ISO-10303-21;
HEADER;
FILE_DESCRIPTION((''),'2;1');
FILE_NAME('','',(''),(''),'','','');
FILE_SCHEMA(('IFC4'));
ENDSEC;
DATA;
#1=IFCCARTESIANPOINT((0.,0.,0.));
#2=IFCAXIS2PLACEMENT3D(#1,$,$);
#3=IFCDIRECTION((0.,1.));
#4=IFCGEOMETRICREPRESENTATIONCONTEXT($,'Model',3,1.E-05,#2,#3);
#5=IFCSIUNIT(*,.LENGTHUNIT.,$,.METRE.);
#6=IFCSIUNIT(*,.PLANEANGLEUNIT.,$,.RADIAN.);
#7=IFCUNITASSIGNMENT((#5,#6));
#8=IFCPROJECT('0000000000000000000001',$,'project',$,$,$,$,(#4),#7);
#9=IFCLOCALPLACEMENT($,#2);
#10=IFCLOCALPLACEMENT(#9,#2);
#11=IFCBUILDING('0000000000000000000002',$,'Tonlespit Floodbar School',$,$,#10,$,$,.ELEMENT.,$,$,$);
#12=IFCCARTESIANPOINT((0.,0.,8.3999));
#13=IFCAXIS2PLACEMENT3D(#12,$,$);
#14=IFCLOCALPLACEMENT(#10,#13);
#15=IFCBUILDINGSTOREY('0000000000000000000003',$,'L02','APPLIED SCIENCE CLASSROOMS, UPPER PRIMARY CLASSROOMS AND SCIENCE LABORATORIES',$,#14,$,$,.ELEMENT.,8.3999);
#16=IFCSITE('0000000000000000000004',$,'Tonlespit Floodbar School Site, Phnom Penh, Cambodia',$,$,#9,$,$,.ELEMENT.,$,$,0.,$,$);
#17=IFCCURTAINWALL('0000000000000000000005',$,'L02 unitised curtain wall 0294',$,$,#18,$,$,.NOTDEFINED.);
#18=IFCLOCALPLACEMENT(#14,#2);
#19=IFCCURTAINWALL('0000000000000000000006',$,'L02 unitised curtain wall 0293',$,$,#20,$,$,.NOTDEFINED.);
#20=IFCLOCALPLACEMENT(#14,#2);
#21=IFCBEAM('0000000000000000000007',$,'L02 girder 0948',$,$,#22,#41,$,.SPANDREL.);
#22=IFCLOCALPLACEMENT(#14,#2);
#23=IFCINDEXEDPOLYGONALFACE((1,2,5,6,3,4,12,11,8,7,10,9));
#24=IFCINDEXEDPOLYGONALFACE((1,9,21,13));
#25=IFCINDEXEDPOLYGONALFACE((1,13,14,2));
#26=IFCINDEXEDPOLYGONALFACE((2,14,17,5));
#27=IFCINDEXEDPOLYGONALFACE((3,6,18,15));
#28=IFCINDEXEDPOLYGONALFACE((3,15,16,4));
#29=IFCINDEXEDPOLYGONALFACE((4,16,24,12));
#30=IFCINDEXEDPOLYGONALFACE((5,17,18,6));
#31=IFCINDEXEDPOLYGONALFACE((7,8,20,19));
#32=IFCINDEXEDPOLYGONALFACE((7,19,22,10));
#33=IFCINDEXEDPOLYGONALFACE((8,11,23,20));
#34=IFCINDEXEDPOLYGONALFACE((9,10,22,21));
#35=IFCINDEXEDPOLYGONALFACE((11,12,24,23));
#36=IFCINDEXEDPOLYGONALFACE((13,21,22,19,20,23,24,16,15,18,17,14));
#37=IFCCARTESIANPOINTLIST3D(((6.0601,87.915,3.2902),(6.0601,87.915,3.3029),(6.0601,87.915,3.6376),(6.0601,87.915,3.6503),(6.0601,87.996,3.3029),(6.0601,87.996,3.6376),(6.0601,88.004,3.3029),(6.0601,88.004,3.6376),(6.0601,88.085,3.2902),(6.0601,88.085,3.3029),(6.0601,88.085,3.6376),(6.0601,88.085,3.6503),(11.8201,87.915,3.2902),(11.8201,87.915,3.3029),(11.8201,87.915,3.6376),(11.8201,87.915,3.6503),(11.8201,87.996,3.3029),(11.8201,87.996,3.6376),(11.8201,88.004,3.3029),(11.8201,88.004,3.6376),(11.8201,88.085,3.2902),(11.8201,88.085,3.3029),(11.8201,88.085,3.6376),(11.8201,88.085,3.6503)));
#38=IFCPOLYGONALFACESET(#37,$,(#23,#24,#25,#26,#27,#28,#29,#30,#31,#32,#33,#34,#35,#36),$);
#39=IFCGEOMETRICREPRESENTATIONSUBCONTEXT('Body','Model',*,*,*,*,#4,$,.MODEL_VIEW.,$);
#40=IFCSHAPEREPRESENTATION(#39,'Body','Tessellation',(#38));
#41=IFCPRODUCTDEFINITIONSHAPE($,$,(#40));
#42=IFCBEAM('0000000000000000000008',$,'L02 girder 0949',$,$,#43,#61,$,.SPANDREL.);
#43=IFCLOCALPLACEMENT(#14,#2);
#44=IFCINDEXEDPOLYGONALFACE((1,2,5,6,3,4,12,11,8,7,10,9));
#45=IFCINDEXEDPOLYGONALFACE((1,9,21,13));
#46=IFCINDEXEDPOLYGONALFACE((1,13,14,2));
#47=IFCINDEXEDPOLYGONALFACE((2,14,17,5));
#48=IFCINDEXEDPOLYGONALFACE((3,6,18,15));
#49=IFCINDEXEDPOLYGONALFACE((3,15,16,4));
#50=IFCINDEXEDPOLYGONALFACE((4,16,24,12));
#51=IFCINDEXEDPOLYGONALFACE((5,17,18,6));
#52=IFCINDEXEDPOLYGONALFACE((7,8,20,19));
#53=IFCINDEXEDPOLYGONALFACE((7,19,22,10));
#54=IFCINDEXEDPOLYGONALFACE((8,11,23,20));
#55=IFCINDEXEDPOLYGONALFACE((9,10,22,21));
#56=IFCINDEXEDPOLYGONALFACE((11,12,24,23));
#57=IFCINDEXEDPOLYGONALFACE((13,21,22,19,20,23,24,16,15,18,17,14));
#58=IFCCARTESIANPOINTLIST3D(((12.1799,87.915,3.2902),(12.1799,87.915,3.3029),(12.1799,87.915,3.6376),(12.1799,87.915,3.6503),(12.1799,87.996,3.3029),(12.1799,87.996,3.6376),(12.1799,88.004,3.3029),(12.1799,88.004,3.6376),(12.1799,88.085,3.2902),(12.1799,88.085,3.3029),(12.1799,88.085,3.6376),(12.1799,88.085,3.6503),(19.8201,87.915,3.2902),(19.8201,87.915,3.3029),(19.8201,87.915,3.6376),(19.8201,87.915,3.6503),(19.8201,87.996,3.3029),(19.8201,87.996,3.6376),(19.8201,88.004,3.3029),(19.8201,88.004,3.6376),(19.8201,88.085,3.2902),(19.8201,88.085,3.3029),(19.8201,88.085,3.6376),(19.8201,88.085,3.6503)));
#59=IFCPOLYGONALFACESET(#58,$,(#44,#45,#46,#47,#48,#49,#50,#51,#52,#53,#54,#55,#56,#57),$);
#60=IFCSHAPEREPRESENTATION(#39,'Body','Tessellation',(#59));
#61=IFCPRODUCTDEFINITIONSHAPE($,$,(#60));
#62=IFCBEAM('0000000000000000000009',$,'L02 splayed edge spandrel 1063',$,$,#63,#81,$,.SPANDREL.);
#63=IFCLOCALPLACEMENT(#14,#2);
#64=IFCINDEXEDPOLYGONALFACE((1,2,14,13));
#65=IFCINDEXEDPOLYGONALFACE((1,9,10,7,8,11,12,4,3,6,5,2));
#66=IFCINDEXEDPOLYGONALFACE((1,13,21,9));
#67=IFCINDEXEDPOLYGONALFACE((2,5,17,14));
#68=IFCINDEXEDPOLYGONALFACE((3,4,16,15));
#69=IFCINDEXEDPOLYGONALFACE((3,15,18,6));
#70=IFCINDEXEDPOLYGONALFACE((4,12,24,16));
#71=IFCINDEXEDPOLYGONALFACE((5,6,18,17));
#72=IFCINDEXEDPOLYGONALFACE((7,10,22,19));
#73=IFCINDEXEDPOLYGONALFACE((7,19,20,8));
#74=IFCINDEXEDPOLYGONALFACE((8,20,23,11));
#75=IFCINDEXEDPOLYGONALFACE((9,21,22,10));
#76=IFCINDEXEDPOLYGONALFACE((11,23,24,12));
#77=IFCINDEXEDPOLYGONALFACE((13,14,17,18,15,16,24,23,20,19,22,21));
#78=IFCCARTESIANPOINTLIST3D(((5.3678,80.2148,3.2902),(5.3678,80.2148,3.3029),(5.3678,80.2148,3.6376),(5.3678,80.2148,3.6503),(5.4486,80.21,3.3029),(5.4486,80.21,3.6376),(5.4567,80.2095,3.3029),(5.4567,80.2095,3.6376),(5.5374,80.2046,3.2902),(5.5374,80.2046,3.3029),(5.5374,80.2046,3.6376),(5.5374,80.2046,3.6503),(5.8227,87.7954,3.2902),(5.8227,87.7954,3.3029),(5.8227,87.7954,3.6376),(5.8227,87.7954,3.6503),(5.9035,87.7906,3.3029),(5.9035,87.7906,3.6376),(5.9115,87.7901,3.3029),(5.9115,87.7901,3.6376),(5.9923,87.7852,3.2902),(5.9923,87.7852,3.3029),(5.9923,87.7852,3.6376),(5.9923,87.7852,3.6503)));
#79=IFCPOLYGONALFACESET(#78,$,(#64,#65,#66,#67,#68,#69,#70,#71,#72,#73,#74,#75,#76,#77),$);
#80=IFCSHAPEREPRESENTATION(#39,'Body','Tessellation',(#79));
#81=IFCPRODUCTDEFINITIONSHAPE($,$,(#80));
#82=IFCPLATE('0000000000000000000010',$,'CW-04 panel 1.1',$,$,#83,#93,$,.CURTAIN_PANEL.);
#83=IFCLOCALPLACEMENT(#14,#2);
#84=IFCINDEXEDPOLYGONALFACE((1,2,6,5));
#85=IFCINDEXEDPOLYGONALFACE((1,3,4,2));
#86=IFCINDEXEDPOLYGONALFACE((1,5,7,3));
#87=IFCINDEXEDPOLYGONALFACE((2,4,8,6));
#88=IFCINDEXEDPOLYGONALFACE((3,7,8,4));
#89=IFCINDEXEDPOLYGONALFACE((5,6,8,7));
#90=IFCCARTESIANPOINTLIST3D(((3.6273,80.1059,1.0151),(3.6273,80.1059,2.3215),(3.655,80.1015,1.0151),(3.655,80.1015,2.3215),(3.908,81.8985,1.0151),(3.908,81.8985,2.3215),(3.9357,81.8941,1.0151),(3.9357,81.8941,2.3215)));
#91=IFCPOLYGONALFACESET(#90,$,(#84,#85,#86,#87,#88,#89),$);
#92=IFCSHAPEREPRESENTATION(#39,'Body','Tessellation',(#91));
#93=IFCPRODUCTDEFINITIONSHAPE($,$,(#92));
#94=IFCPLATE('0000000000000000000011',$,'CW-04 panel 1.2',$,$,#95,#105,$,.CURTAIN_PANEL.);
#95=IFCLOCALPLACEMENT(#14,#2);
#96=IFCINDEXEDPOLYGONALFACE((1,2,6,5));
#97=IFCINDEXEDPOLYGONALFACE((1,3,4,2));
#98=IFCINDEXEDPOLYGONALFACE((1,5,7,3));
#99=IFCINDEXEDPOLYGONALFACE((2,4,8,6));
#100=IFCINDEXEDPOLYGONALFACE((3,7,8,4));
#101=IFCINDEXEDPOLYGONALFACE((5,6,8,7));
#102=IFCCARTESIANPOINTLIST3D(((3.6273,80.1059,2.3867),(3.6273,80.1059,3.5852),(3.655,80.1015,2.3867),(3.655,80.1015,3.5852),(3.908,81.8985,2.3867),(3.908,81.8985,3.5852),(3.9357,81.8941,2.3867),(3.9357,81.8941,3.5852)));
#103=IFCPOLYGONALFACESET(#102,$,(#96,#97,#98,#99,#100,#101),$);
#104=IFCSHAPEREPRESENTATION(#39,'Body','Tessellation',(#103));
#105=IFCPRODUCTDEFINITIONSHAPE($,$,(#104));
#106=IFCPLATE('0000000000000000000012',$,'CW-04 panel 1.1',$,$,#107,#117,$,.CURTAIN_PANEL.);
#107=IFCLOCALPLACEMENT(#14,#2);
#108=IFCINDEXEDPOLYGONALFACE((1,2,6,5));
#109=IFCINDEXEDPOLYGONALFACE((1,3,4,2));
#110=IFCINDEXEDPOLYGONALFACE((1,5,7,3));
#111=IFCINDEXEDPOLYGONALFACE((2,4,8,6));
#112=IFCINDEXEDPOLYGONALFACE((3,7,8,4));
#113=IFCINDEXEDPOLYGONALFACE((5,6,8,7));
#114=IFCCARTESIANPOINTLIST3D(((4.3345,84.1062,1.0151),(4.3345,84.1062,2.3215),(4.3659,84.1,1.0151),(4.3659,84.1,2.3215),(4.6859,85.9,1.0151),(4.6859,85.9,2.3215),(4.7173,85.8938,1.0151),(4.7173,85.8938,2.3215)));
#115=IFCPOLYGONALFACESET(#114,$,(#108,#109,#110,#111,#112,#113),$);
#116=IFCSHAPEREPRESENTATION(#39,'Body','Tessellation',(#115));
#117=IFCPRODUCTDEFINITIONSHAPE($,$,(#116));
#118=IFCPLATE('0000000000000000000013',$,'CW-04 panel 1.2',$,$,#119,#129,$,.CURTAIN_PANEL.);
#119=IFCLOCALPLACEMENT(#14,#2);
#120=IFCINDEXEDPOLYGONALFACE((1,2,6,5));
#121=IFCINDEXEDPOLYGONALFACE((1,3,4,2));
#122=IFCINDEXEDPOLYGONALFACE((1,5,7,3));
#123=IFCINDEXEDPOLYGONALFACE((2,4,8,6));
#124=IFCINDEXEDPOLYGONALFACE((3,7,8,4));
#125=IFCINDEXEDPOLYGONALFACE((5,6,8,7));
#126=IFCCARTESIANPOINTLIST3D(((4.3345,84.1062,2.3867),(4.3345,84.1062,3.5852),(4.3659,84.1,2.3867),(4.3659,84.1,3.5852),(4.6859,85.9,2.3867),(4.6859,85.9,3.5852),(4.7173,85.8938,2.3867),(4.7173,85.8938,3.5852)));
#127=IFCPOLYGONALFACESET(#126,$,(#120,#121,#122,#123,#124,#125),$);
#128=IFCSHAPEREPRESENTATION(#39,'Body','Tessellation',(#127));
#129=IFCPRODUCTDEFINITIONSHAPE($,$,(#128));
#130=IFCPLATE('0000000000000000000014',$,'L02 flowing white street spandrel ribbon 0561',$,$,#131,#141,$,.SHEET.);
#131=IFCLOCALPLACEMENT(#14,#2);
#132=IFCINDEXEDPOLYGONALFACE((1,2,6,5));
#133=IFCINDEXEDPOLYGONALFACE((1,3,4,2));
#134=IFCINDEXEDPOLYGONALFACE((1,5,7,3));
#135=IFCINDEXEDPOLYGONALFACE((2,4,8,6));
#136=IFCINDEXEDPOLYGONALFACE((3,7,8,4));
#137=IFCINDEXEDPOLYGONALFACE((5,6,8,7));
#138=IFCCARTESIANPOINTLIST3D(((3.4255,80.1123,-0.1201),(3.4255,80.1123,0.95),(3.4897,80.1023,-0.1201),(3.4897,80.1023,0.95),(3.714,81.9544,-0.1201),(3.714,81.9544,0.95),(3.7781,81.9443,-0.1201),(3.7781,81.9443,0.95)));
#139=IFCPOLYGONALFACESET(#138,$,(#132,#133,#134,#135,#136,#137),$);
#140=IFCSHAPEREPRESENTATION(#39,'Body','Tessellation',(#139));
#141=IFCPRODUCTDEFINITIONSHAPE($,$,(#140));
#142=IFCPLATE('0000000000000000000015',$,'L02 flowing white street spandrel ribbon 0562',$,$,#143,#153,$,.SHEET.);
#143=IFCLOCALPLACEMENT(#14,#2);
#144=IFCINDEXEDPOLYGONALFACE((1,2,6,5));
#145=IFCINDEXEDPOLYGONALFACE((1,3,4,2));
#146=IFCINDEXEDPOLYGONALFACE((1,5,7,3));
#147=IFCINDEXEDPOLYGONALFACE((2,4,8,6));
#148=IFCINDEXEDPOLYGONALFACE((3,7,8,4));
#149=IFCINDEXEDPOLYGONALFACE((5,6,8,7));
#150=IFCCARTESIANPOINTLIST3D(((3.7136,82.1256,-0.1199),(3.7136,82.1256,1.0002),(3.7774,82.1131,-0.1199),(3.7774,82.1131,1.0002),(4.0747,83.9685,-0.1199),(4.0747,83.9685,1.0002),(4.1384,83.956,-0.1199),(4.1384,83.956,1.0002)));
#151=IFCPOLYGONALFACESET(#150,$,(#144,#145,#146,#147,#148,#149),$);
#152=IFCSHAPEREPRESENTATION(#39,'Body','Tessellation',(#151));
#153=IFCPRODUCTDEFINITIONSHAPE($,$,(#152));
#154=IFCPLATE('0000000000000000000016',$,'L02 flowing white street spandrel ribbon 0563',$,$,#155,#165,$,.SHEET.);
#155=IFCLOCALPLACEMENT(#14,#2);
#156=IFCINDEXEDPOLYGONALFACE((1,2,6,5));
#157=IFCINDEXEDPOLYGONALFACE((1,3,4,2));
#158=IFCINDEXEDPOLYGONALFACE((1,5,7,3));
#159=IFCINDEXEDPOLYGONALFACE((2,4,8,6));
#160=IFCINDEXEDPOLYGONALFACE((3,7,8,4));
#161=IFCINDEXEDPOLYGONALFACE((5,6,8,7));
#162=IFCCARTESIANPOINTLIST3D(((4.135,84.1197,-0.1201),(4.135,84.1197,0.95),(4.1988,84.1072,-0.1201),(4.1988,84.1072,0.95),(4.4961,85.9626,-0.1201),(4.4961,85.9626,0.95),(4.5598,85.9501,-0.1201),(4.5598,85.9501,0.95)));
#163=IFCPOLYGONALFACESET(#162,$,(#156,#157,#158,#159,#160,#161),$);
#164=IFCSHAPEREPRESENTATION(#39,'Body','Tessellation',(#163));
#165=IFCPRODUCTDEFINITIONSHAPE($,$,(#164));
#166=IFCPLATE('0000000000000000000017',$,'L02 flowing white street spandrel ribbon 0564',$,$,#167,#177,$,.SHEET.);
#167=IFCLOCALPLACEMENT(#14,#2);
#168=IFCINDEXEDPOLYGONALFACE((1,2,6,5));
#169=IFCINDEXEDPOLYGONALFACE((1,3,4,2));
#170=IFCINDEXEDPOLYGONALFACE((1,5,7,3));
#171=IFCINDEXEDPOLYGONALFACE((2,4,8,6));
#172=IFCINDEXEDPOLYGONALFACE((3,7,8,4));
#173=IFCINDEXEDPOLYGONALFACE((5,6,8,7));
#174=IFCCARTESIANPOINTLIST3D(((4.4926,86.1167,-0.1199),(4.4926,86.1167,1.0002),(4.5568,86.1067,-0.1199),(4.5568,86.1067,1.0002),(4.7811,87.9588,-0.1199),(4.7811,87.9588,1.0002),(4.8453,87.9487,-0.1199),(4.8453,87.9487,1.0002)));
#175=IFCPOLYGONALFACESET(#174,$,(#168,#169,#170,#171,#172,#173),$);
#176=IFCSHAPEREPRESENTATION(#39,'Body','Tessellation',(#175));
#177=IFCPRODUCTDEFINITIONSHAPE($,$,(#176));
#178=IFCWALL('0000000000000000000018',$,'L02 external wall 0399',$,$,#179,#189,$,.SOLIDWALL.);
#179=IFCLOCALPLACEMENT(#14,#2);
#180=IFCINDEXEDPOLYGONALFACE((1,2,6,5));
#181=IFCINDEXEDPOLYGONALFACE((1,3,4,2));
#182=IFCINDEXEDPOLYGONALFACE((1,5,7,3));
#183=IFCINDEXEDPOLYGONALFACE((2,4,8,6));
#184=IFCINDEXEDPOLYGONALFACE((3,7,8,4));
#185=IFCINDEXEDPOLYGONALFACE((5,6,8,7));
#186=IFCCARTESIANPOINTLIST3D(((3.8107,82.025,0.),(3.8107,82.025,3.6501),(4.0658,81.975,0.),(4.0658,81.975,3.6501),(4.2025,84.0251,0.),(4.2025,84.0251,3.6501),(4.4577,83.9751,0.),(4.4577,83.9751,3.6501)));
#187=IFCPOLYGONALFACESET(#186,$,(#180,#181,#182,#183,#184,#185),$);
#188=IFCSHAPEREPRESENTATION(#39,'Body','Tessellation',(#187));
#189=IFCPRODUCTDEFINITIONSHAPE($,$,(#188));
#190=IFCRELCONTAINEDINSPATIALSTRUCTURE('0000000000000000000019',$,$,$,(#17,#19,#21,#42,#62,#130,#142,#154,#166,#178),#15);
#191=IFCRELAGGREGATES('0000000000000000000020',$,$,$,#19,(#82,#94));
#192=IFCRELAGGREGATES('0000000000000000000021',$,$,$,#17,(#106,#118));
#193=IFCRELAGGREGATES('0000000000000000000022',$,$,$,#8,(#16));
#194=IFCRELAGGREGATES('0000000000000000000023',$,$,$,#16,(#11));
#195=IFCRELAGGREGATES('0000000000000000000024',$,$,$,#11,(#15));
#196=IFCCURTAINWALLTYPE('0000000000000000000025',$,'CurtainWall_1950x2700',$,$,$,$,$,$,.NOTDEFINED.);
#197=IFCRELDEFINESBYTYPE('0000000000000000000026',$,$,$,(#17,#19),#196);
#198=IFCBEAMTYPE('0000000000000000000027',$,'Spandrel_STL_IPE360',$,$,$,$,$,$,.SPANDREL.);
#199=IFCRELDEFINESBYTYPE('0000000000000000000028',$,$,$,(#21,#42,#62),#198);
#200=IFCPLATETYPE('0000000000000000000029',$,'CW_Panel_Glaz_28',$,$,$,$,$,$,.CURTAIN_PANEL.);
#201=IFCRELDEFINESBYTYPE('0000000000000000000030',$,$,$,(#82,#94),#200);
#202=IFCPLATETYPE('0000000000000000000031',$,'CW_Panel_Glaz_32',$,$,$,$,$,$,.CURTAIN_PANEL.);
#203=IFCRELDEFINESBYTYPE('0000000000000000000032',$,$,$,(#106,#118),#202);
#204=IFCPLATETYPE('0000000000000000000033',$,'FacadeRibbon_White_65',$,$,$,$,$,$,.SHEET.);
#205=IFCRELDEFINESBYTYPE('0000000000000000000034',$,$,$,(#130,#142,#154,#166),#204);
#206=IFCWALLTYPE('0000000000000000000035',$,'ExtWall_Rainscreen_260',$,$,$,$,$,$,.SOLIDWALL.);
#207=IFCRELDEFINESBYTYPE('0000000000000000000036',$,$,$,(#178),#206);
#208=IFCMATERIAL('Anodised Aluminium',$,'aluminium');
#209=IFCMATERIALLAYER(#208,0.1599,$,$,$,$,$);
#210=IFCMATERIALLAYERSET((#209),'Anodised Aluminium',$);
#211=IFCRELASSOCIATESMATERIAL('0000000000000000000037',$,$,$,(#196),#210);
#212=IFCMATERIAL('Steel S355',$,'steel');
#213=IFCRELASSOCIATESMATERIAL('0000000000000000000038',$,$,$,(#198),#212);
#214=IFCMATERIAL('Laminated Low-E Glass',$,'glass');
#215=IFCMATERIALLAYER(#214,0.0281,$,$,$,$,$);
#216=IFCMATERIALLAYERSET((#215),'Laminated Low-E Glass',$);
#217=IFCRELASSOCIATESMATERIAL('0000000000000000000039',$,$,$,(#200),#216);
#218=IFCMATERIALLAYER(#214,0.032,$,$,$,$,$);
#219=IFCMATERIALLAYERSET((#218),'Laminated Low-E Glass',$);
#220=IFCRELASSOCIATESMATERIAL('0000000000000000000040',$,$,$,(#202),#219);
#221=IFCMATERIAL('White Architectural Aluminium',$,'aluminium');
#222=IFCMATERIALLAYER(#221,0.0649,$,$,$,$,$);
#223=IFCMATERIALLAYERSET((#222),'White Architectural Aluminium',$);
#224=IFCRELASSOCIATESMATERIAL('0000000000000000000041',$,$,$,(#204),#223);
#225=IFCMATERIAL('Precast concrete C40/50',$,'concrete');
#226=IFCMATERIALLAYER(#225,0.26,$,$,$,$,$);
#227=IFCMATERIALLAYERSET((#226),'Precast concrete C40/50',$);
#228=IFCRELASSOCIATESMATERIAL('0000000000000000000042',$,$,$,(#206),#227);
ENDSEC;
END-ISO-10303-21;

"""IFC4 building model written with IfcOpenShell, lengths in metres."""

from ifc_helpers import new_model, si_unit, direction, frame, frame_2d, origin, origin_2d, place, context, subcontext, project, spatial, rectangle, i_section, extrude, material, layer, layer_set, material_profile, profile_set, type_object, element, aggregate, save


model = new_model("IFC4")

# Units and contexts
model_context = context("Model", 3, precision=1e-05, world=origin(), true_north=direction((0.0, 1.0)))
body_context = subcontext(model_context, "Body", "Model", "MODEL_VIEW")
ifc_project = project(units=[si_unit("LENGTHUNIT", "METRE"), si_unit("PLANEANGLEUNIT", "RADIAN")], contexts=[model_context])

# Site, building, storey
site_placement = place(None, origin())
site = spatial("IfcSite", under=ifc_project, at=site_placement, Name="Tonlespit Floodbar School Site, Phnom Penh, Cambodia", CompositionType="ELEMENT", RefElevation=0.0)
building_placement = place(site_placement, origin())
building = spatial("IfcBuilding", under=site, at=building_placement, Name="Tonlespit Floodbar School", CompositionType="ELEMENT")
storey_placement = place(building_placement, frame((0.0, 0.0, 8.3999)))
storey = spatial("IfcBuildingStorey", under=building, at=storey_placement, Name="L02", Description="APPLIED SCIENCE CLASSROOMS, UPPER PRIMARY CLASSROOMS AND SCIENCE LABORATORIES", CompositionType="ELEMENT", Elevation=8.3999)

# Curtain wall
ifc_material_1 = material(Name="Anodised Aluminium", Category="aluminium")
ifc_layer_1 = layer(ifc_material_1, 0.1599)
ifc_layer_set_1 = layer_set([ifc_layer_1], Name="Anodised Aluminium")
curtain_wall_type = type_object("IfcCurtainWallType", Name="CurtainWall_1950x2700", PredefinedType="NOTDEFINED", material=ifc_layer_set_1)
curtain_wall_1_placement = place(storey_placement, origin())
curtain_wall_1 = element("IfcCurtainWall", 1, at=curtain_wall_1_placement, inside=storey, type_object=curtain_wall_type, Name="L02 unitised curtain wall 0294", PredefinedType="NOTDEFINED")

# Curtain wall
curtain_wall_2_placement = place(storey_placement, origin())
curtain_wall_2 = element("IfcCurtainWall", 2, at=curtain_wall_2_placement, inside=storey, type_object=curtain_wall_type, Name="L02 unitised curtain wall 0293", PredefinedType="NOTDEFINED")

# Beams
ifc_material_2 = material(Name="Steel S355", Category="steel")
ifc_material_profile_1 = material_profile(ifc_material_2, i_section(OverallWidth=0.1699, OverallDepth=0.3601, WebThickness=0.0081, FlangeThickness=0.0127, at=origin_2d()), Name="IPE 360")
ifc_profile_set_1 = profile_set([ifc_material_profile_1], Name="Steel S355")
beam_type_1 = type_object("IfcBeamType", Name="Spandrel_STL_IPE360", PredefinedType="SPANDREL", material=ifc_profile_set_1)
beam_1_placement = place(storey_placement, frame((6.0601, 88.0, 3.4702), z_axis=(1.0, 0.0, 0.0), x_axis=(0.0, 1.0, 0.0)))
element("IfcBeam", 3, at=beam_1_placement, inside=storey, type_object=beam_type_1, Name="L02 girder 0948", PredefinedType="SPANDREL", context=body_context, shape_type="SweptSolid", body=[
    extrude(i_section(OverallWidth=0.1699, OverallDepth=0.3601, WebThickness=0.0081, FlangeThickness=0.0127, at=origin_2d()), origin(), (0.0, 0.0, 1.0), 5.76),
])
beam_2_placement = place(storey_placement, frame((12.1799, 88.0, 3.4702), z_axis=(1.0, 0.0, 0.0), x_axis=(0.0, 1.0, 0.0)))
element("IfcBeam", 4, at=beam_2_placement, inside=storey, type_object=beam_type_1, Name="L02 girder 0949", PredefinedType="SPANDREL", context=body_context, shape_type="SweptSolid", body=[
    extrude(i_section(OverallWidth=0.1699, OverallDepth=0.3601, WebThickness=0.0081, FlangeThickness=0.0127, at=origin_2d()), origin(), (0.0, 0.0, 1.0), 7.6401),
])
beam_3_placement = place(storey_placement, frame((5.4526, 80.2097, 3.4702), z_axis=(0.059892, 0.998205, 0.0), x_axis=(-0.998205, 0.059892, 0.0)))
element("IfcBeam", 5, at=beam_3_placement, inside=storey, type_object=beam_type_1, Name="L02 splayed edge spandrel 1063", PredefinedType="SPANDREL", context=body_context, shape_type="SweptSolid", body=[
    extrude(i_section(OverallWidth=0.1699, OverallDepth=0.3601, WebThickness=0.0081, FlangeThickness=0.0127, at=origin_2d()), origin(), (0.0, 0.0, 1.0), 7.5942),
])

# Plates
ifc_material_3 = material(Name="Laminated Low-E Glass", Category="glass")
ifc_layer_2 = layer(ifc_material_3, 0.0281)
ifc_layer_set_2 = layer_set([ifc_layer_2], Name="Laminated Low-E Glass")
plate_type_1 = type_object("IfcPlateType", Name="CW_Panel_Glaz_28", PredefinedType="CURTAIN_PANEL", material=ifc_layer_set_2)
plate_1_placement = place(storey_placement, frame((3.7815, 81.0, 1.0151), z_axis=(0.0, 0.0, 1.0), x_axis=(0.1547, 0.987961, 0.0)))
plate_1 = element("IfcPlate", 6, at=plate_1_placement, type_object=plate_type_1, Name="CW-04 panel 1.1", PredefinedType="CURTAIN_PANEL", context=body_context, shape_type="SweptSolid", body=[
    extrude(rectangle(XDim=1.8145, YDim=0.0281, at=origin_2d()), origin(), (0.0, 0.0, 1.0), 1.3064),
])
plate_2_placement = place(storey_placement, frame((3.7815, 81.0, 2.3867), z_axis=(0.0, 0.0, 1.0), x_axis=(0.1547, 0.987961, 0.0)))
plate_2 = element("IfcPlate", 7, at=plate_2_placement, type_object=plate_type_1, Name="CW-04 panel 1.2", PredefinedType="CURTAIN_PANEL", context=body_context, shape_type="SweptSolid", body=[
    extrude(rectangle(XDim=1.8145, YDim=0.0281, at=origin_2d()), origin(), (0.0, 0.0, 1.0), 1.1985),
])
aggregate(curtain_wall_2, [plate_1, plate_2])
ifc_layer_3 = layer(ifc_material_3, 0.032)
ifc_layer_set_3 = layer_set([ifc_layer_3], Name="Laminated Low-E Glass")
plate_type_2 = type_object("IfcPlateType", Name="CW_Panel_Glaz_32", PredefinedType="CURTAIN_PANEL", material=ifc_layer_set_3)
plate_3_placement = place(storey_placement, frame((4.5259, 85.0, 1.0151), z_axis=(0.0, 0.0, 1.0), x_axis=(0.192245, 0.981347, 0.0)))
plate_3 = element("IfcPlate", 8, at=plate_3_placement, type_object=plate_type_2, Name="CW-04 panel 1.1", PredefinedType="CURTAIN_PANEL", context=body_context, shape_type="SweptSolid", body=[
    extrude(rectangle(XDim=1.8279, YDim=0.032, at=origin_2d()), origin(), (0.0, 0.0, 1.0), 1.3064),
])
plate_4_placement = place(storey_placement, frame((4.5259, 85.0, 2.3867), z_axis=(0.0, 0.0, 1.0), x_axis=(0.192245, 0.981347, 0.0)))
plate_4 = element("IfcPlate", 9, at=plate_4_placement, type_object=plate_type_2, Name="CW-04 panel 1.2", PredefinedType="CURTAIN_PANEL", context=body_context, shape_type="SweptSolid", body=[
    extrude(rectangle(XDim=1.8279, YDim=0.032, at=origin_2d()), origin(), (0.0, 0.0, 1.0), 1.1985),
])
aggregate(curtain_wall_1, [plate_3, plate_4])

# Plates
ifc_material_4 = material(Name="White Architectural Aluminium", Category="aluminium")
ifc_layer_4 = layer(ifc_material_4, 0.0649)
ifc_layer_set_4 = layer_set([ifc_layer_4], Name="White Architectural Aluminium")
plate_type_3 = type_object("IfcPlateType", Name="FacadeRibbon_White_65", PredefinedType="SHEET", material=ifc_layer_set_4)
plate_5_placement = place(storey_placement, frame((3.6018, 81.0283, -0.1201), z_axis=(0.0, 0.0, 1.0), x_axis=(0.154714, 0.987959, 0.0)))
element("IfcPlate", 10, at=plate_5_placement, inside=storey, type_object=plate_type_3, Name="L02 flowing white street spandrel ribbon 0561", PredefinedType="SHEET", context=body_context, shape_type="SweptSolid", body=[
    extrude(rectangle(XDim=1.8645, YDim=0.0649, at=origin_2d()), origin(), (0.0, 0.0, 1.0), 1.0701),
])
plate_6_placement = place(storey_placement, frame((3.926, 83.0408, -0.1199), z_axis=(0.0, 0.0, 1.0), x_axis=(0.192246, 0.981347, 0.0)))
element("IfcPlate", 11, at=plate_6_placement, inside=storey, type_object=plate_type_3, Name="L02 flowing white street spandrel ribbon 0562", PredefinedType="SHEET", context=body_context, shape_type="SweptSolid", body=[
    extrude(rectangle(XDim=1.8779, YDim=0.0649, at=origin_2d()), origin(), (0.0, 0.0, 1.0), 1.1201),
])
plate_7_placement = place(storey_placement, frame((4.3474, 85.0349, -0.1201), z_axis=(0.0, 0.0, 1.0), x_axis=(0.192246, 0.981347, 0.0)))
element("IfcPlate", 12, at=plate_7_placement, inside=storey, type_object=plate_type_3, Name="L02 flowing white street spandrel ribbon 0563", PredefinedType="SHEET", context=body_context, shape_type="SweptSolid", body=[
    extrude(rectangle(XDim=1.8779, YDim=0.0649, at=origin_2d()), origin(), (0.0, 0.0, 1.0), 1.0701),
])
plate_8_placement = place(storey_placement, frame((4.6689, 87.0327, -0.1199), z_axis=(0.0, 0.0, 1.0), x_axis=(0.154714, 0.987959, 0.0)))
element("IfcPlate", 13, at=plate_8_placement, inside=storey, type_object=plate_type_3, Name="L02 flowing white street spandrel ribbon 0564", PredefinedType="SHEET", context=body_context, shape_type="SweptSolid", body=[
    extrude(rectangle(XDim=1.8645, YDim=0.0649, at=origin_2d()), origin(), (0.0, 0.0, 1.0), 1.1201),
])

# Wall
ifc_material_5 = material(Name="Precast concrete C40/50", Category="concrete")
ifc_layer_5 = layer(ifc_material_5, 0.26)
ifc_layer_set_5 = layer_set([ifc_layer_5], Name="Precast concrete C40/50")
wall_type_1 = type_object("IfcWallType", Name="ExtWall_Rainscreen_260", PredefinedType="SOLIDWALL", material=ifc_layer_set_5)
wall_1_placement = place(storey_placement, frame((3.9382, 82.0, 0.0), z_axis=(0.0, 0.0, 1.0), x_axis=(0.192267, 0.981343, 0.0)))
element("IfcWall", 14, at=wall_1_placement, inside=storey, type_object=wall_type_1, Name="L02 external wall 0399", PredefinedType="SOLIDWALL", context=body_context, shape_type="SweptSolid", body=[
    extrude(rectangle(XDim=2.0381, YDim=0.26, at=frame_2d((1.019, 0.0))), origin(), (0.0, 0.0, 1.0), 3.6501),
])

save(model, "model.ifc")
